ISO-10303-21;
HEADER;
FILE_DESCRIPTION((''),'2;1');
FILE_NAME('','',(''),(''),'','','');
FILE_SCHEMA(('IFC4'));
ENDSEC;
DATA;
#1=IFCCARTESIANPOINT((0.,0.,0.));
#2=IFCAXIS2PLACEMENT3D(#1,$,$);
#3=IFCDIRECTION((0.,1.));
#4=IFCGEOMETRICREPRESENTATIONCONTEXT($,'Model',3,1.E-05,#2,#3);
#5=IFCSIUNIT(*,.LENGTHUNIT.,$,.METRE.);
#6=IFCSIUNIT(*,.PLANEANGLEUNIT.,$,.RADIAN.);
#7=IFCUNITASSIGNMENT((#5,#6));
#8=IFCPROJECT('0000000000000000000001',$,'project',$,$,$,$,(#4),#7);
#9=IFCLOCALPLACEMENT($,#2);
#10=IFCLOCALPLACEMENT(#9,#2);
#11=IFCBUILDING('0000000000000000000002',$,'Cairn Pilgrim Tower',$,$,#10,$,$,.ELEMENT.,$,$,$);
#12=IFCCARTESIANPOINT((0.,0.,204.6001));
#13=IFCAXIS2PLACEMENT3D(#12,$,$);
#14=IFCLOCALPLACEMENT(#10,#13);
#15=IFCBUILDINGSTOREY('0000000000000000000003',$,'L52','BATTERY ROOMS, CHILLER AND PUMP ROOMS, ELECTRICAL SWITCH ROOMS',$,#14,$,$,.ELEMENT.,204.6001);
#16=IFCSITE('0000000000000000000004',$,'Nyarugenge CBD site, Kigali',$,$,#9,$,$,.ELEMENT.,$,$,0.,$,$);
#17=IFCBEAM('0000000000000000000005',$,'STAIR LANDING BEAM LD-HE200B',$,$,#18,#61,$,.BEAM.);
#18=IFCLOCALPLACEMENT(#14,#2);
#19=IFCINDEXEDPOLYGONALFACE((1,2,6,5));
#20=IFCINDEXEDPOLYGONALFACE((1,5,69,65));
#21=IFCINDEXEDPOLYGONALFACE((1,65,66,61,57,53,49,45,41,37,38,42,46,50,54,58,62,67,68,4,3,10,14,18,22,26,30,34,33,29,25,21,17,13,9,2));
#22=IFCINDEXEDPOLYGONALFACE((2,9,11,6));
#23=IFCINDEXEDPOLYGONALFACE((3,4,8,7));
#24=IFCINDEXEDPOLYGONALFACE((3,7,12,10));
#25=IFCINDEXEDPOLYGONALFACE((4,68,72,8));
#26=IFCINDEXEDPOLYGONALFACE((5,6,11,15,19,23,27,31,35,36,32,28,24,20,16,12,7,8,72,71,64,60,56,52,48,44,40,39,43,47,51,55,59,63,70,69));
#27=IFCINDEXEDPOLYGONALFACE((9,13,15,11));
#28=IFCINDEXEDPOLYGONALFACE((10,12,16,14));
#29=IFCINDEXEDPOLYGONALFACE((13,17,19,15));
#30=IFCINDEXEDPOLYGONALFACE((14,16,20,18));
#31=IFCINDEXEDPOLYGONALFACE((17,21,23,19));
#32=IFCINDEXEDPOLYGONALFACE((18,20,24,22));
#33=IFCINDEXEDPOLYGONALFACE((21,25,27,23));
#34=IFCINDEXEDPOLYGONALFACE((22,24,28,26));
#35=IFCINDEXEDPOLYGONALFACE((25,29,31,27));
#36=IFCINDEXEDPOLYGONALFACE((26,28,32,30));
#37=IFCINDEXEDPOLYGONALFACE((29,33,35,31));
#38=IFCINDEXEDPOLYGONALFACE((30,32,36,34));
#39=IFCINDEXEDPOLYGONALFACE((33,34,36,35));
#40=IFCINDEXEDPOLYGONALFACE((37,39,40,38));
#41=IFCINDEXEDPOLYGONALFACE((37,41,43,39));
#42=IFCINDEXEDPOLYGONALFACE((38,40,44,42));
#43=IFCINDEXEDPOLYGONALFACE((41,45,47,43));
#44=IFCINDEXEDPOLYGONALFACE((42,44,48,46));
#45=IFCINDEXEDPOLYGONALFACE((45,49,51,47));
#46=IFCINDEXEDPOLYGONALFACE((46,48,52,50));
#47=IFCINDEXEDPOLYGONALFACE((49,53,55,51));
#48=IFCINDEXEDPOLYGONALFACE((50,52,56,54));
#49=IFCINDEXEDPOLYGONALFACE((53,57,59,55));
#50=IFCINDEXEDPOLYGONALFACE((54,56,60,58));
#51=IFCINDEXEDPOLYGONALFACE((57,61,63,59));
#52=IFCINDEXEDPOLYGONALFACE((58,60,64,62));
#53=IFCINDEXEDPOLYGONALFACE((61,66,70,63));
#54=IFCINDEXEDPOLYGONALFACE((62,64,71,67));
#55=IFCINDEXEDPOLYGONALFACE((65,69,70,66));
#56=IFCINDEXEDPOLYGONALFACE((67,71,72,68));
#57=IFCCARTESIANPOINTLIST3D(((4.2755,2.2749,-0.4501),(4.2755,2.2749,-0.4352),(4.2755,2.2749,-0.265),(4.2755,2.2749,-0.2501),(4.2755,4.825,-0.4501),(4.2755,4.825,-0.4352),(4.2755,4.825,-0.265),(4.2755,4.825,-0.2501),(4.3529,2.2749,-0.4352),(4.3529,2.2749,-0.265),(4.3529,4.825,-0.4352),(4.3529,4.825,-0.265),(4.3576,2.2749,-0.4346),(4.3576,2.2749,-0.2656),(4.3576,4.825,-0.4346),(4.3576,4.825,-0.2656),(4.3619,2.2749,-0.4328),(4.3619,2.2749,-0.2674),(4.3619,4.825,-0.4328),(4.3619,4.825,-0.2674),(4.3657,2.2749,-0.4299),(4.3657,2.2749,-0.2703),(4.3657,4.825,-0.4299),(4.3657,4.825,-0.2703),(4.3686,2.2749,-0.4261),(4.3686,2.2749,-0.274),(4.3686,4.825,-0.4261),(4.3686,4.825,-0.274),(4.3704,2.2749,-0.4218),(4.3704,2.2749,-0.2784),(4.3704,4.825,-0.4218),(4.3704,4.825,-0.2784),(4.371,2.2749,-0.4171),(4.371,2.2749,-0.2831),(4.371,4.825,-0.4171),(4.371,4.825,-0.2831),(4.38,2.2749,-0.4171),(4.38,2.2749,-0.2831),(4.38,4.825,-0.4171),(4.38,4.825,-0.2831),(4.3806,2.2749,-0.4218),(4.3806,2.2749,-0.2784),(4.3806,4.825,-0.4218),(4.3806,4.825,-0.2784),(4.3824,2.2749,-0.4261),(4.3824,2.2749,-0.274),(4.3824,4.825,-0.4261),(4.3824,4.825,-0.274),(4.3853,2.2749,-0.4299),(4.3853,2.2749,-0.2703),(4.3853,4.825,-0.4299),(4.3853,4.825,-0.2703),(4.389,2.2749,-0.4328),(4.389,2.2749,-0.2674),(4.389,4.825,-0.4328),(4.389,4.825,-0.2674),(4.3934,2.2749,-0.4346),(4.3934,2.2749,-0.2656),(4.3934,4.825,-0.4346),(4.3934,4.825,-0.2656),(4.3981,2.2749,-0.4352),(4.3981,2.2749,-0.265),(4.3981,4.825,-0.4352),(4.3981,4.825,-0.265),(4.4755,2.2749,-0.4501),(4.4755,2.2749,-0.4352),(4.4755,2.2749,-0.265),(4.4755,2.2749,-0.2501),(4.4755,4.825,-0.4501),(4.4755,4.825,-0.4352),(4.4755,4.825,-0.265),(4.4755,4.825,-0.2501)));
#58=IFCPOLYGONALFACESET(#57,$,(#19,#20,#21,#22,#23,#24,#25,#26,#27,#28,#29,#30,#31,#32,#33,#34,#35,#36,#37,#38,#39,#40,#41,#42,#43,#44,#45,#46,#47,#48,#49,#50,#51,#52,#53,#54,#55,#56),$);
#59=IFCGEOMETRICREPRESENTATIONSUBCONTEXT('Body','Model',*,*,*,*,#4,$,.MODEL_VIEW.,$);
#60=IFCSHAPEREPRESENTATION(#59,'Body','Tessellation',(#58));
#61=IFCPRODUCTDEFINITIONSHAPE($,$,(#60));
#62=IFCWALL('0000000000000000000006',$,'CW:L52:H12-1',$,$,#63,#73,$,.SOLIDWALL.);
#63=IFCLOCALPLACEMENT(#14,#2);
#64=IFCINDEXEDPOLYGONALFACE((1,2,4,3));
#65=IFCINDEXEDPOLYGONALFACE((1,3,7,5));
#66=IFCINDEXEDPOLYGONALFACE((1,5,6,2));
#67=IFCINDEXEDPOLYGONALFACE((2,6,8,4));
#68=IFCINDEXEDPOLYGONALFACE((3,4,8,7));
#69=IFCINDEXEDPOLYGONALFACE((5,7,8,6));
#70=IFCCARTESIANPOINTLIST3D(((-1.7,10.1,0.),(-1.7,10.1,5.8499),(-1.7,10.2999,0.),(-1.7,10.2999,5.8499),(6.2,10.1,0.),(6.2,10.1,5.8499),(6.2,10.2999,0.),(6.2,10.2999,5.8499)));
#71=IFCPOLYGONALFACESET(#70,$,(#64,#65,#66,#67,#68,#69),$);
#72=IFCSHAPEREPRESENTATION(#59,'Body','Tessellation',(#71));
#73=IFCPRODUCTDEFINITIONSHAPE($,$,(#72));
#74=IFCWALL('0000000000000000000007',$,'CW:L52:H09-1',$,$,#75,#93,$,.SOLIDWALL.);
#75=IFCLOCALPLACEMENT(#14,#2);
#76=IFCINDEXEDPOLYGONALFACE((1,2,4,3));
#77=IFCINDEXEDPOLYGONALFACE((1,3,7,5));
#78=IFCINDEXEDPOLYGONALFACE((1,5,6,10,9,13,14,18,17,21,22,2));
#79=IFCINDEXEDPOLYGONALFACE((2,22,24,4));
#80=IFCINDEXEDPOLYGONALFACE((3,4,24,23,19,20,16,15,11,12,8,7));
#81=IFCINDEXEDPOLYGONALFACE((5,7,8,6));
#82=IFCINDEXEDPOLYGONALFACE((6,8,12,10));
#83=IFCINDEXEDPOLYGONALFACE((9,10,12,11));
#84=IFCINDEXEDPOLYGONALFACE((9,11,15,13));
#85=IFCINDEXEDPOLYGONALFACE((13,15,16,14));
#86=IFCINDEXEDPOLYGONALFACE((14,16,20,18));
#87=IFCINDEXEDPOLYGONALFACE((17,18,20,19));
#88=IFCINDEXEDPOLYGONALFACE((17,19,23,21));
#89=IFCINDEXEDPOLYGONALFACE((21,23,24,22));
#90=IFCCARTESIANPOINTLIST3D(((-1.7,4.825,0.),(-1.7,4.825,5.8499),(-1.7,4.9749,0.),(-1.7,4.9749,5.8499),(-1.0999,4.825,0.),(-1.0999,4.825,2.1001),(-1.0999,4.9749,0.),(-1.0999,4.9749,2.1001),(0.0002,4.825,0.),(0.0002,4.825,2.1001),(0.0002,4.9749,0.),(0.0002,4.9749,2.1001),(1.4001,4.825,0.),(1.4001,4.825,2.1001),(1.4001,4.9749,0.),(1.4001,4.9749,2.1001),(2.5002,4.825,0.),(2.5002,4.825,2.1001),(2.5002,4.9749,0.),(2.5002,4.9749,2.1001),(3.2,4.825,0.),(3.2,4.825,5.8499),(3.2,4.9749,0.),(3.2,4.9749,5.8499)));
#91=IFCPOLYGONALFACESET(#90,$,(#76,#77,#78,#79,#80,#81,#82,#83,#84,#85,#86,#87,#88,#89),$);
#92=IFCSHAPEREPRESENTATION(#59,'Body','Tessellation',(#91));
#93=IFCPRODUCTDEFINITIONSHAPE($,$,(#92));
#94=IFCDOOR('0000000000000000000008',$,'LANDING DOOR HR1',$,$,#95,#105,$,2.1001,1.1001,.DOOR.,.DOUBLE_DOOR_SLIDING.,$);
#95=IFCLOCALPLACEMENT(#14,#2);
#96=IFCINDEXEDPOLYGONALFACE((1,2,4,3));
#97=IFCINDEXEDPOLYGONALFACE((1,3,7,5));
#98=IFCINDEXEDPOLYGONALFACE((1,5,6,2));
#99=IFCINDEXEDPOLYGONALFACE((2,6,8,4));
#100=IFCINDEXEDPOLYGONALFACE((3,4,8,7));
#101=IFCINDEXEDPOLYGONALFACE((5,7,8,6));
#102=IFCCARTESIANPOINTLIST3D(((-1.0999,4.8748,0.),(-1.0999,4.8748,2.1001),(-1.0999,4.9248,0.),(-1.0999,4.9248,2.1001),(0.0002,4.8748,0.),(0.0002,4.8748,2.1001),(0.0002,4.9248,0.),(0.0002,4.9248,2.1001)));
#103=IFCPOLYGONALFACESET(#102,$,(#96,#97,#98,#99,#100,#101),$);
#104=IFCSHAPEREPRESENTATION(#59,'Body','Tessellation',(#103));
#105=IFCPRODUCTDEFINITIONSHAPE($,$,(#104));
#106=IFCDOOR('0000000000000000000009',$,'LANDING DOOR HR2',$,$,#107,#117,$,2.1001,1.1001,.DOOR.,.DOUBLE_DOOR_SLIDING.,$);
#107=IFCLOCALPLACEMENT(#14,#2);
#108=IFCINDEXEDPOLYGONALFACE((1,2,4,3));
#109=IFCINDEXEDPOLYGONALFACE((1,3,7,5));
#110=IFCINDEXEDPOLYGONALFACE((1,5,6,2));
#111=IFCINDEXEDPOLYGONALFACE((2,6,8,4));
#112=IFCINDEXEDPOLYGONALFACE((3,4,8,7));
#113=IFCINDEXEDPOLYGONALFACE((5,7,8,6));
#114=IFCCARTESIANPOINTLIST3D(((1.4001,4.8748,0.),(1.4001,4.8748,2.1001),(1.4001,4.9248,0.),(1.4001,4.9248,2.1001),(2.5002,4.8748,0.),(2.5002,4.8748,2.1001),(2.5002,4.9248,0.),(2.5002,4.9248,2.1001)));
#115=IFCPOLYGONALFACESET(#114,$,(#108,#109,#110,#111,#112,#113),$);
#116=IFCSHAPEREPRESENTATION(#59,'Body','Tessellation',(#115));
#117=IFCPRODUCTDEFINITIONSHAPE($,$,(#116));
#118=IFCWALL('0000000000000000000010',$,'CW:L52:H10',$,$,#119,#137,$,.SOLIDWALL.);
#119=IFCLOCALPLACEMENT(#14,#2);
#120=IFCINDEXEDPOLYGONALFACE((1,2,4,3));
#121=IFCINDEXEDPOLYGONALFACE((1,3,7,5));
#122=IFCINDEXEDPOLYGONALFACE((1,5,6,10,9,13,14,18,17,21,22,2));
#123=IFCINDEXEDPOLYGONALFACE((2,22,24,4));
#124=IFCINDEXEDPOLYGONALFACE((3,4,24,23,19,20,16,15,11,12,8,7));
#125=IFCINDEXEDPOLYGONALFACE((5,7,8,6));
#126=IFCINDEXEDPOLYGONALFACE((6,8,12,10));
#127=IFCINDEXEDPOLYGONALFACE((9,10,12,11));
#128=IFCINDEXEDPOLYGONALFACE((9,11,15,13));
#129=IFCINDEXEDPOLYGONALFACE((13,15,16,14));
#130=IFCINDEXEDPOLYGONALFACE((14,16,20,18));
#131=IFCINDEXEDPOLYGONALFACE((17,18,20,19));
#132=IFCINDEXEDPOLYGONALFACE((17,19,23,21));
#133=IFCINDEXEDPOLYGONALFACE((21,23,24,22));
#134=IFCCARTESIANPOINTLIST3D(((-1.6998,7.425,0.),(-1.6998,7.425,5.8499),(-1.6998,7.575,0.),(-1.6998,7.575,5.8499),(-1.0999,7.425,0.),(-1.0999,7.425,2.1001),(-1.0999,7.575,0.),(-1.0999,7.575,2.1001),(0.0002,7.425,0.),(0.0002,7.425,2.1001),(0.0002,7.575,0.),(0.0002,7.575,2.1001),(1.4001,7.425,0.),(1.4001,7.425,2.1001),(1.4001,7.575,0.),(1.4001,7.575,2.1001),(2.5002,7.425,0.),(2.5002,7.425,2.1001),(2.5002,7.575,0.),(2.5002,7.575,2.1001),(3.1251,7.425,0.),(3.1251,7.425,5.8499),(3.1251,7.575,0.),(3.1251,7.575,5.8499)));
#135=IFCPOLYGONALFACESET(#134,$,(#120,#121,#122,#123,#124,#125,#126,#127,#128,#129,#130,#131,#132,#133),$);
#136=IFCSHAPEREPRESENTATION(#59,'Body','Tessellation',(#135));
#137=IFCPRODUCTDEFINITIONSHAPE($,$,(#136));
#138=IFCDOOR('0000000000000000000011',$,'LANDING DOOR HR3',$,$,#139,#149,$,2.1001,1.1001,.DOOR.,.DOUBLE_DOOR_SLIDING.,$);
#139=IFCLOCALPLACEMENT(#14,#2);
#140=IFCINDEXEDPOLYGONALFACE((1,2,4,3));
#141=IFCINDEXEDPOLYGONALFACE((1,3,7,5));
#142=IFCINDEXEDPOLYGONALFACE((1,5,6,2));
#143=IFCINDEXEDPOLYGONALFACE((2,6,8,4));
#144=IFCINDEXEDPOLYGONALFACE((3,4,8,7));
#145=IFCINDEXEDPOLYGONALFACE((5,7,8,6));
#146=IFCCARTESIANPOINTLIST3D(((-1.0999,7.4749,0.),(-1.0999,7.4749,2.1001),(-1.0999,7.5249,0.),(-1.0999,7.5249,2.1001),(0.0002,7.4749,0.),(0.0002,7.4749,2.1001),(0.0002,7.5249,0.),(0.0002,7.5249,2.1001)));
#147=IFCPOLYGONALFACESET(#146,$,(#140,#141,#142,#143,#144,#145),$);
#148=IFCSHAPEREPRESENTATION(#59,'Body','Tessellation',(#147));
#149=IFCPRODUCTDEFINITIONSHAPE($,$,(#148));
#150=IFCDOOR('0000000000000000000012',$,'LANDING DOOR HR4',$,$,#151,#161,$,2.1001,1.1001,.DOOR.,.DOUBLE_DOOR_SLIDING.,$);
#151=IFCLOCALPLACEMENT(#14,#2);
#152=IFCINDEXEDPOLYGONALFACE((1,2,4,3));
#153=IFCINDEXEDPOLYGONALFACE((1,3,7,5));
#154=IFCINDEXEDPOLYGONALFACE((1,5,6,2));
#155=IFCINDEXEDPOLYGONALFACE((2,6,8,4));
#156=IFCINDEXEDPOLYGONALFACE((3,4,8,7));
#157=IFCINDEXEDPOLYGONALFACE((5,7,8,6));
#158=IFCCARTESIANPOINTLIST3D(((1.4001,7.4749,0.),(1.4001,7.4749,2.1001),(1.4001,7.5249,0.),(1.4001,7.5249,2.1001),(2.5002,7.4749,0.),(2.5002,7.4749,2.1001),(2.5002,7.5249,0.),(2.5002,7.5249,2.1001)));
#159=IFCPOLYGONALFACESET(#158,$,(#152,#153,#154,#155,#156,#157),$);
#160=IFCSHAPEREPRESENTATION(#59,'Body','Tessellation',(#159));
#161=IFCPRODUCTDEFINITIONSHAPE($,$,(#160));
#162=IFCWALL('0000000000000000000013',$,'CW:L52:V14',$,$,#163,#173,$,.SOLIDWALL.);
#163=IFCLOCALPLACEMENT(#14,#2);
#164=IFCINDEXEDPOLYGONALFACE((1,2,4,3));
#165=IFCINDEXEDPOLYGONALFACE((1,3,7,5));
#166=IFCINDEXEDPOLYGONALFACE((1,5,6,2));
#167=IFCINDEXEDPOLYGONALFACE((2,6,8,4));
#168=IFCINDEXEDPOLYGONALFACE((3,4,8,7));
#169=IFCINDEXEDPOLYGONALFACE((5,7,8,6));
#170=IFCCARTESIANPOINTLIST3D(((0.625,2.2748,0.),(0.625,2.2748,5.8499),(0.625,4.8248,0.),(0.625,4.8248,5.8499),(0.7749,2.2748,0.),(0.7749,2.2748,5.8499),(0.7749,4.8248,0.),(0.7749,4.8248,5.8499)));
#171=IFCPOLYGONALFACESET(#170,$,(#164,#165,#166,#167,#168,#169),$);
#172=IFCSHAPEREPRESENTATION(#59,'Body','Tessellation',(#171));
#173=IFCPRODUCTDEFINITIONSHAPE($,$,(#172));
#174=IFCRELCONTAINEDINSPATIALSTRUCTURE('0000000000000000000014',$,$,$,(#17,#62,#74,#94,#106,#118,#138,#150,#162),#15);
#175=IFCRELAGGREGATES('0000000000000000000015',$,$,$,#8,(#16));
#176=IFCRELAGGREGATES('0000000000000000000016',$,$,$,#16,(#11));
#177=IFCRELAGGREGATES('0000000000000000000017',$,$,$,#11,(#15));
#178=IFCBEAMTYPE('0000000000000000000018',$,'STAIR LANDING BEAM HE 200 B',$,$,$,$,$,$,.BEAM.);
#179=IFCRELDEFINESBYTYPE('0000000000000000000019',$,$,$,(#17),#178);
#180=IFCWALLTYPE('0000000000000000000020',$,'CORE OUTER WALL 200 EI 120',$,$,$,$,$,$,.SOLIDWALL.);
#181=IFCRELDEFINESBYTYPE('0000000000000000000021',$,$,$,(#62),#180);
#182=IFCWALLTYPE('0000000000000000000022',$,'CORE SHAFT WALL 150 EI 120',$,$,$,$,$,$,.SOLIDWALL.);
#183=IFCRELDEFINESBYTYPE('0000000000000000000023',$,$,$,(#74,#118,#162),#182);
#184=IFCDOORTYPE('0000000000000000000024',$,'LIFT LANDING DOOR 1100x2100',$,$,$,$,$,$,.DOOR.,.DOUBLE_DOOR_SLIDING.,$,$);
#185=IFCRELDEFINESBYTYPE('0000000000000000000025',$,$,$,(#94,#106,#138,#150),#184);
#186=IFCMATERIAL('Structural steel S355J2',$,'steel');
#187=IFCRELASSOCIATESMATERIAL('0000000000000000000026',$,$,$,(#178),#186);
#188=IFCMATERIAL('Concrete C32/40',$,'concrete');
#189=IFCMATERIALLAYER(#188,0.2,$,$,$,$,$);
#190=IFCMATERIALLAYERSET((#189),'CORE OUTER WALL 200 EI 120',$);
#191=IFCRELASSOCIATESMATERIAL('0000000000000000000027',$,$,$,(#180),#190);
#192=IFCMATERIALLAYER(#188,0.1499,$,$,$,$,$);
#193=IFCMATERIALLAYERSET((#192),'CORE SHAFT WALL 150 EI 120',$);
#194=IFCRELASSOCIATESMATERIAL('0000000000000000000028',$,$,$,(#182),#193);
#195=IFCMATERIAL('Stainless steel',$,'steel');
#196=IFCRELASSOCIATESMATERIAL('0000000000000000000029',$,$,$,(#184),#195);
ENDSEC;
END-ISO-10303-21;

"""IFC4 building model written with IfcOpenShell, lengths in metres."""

from ifc_helpers import new_model, si_unit, direction, frame, frame_2d, origin, origin_2d, place, context, subcontext, project, spatial, rectangle, i_section, extrude, material, layer, layer_set, material_profile, profile_set, type_object, element, fill, save


model = new_model("IFC4")

# Units and contexts
model_context = context("Model", 3, precision=1e-05, world=origin(), true_north=direction((0.0, 1.0)))
body_context = subcontext(model_context, "Body", "Model", "MODEL_VIEW")
ifc_project = project(units=[si_unit("LENGTHUNIT", "METRE"), si_unit("PLANEANGLEUNIT", "RADIAN")], contexts=[model_context])

# Site, building, storey
site_placement = place(None, origin())
site = spatial("IfcSite", under=ifc_project, at=site_placement, Name="Nyarugenge CBD site, Kigali", CompositionType="ELEMENT", RefElevation=0.0)
building_placement = place(site_placement, origin())
building = spatial("IfcBuilding", under=site, at=building_placement, Name="Cairn Pilgrim Tower", CompositionType="ELEMENT")
storey_placement = place(building_placement, frame((0.0, 0.0, 204.6001)))
storey = spatial("IfcBuildingStorey", under=building, at=storey_placement, Name="L52", Description="BATTERY ROOMS, CHILLER AND PUMP ROOMS, ELECTRICAL SWITCH ROOMS", CompositionType="ELEMENT", Elevation=204.6001)

# Beam
ifc_material_1 = material(Name="Structural steel S355J2", Category="steel")
ifc_material_profile = material_profile(ifc_material_1, i_section(OverallWidth=0.2, OverallDepth=0.2, WebThickness=0.009, FlangeThickness=0.0149, FilletRadius=0.0181, at=origin_2d()), Name="HE 200 B")
ifc_profile_set = profile_set([ifc_material_profile], Name="Structural steel S355J2")
beam_type = type_object("IfcBeamType", Name="STAIR LANDING BEAM HE 200 B", PredefinedType="BEAM", material=ifc_profile_set)
beam_placement = place(storey_placement, frame((4.3755, 2.2749, -0.3501), z_axis=(0.0, 1.0, 0.0), x_axis=(-1.0, 0.0, 0.0)))
element("IfcBeam", 1, at=beam_placement, inside=storey, type_object=beam_type, Name="STAIR LANDING BEAM LD-HE200B", PredefinedType="BEAM", context=body_context, shape_type="SweptSolid", body=[
    extrude(i_section(OverallWidth=0.2, OverallDepth=0.2, WebThickness=0.009, FlangeThickness=0.0149, FilletRadius=0.0181, at=origin_2d()), origin(), (0.0, 0.0, 1.0), 2.55),
])

# Wall
ifc_material_2 = material(Name="Concrete C32/40", Category="concrete")
ifc_layer_1 = layer(ifc_material_2, 0.2)
ifc_layer_set_1 = layer_set([ifc_layer_1], Name="CORE OUTER WALL 200 EI 120")
wall_type_1 = type_object("IfcWallType", Name="CORE OUTER WALL 200 EI 120", PredefinedType="SOLIDWALL", material=ifc_layer_set_1)
wall_1_placement = place(storey_placement, frame((-1.7, 10.2, 0.0), z_axis=(0.0, 0.0, 1.0), x_axis=(1.0, 0.0, 0.0)))
element("IfcWall", 2, at=wall_1_placement, inside=storey, type_object=wall_type_1, Name="CW:L52:H12-1", PredefinedType="SOLIDWALL", context=body_context, shape_type="SweptSolid", body=[
    extrude(rectangle(XDim=7.8999, YDim=0.2, at=frame_2d((3.95, 0.0))), origin(), (0.0, 0.0, 1.0), 5.8499),
])

# Walls, openings, doors
ifc_layer_2 = layer(ifc_material_2, 0.1499)
ifc_layer_set_2 = layer_set([ifc_layer_2], Name="CORE SHAFT WALL 150 EI 120")
wall_type_2 = type_object("IfcWallType", Name="CORE SHAFT WALL 150 EI 120", PredefinedType="SOLIDWALL", material=ifc_layer_set_2)
wall_2_placement = place(storey_placement, frame((-1.7, 4.8999, 0.0), z_axis=(0.0, 0.0, 1.0), x_axis=(1.0, 0.0, 0.0)))
wall_2 = element("IfcWall", 3, at=wall_2_placement, inside=storey, type_object=wall_type_2, Name="CW:L52:H09-1", PredefinedType="SOLIDWALL", context=body_context, shape_type="SweptSolid", body=[
    extrude(rectangle(XDim=4.8999, YDim=0.1499, at=frame_2d((2.45, 0.0))), origin(), (0.0, 0.0, 1.0), 5.8499),
])
opening_1_placement = place(wall_2_placement, frame((0.6001, 0.0, 0.0)))
opening_1 = element("IfcOpeningElement", 4, at=opening_1_placement, cuts=wall_2, PredefinedType="OPENING", context=body_context, shape_type="SweptSolid", body=[
    extrude(rectangle(XDim=1.1001, YDim=2.1001, at=frame_2d((0.55, 1.05))), frame((0.0, 0.085, 0.0), z_axis=(0.0, -1.0, 0.0), x_axis=(1.0, 0.0, 0.0)), (0.0, 0.0, 1.0), 0.1699),
])
opening_2_placement = place(wall_2_placement, frame((3.1001, 0.0, 0.0)))
opening_2 = element("IfcOpeningElement", 5, at=opening_2_placement, cuts=wall_2, PredefinedType="OPENING", context=body_context, shape_type="SweptSolid", body=[
    extrude(rectangle(XDim=1.1001, YDim=2.1001, at=frame_2d((0.55, 1.05))), frame((0.0, 0.085, 0.0), z_axis=(0.0, -1.0, 0.0), x_axis=(1.0, 0.0, 0.0)), (0.0, 0.0, 1.0), 0.1699),
])
ifc_material_3 = material(Name="Stainless steel", Category="steel")
door_type_1 = type_object("IfcDoorType", Name="LIFT LANDING DOOR 1100x2100", OperationType="DOUBLE_DOOR_SLIDING", PredefinedType="DOOR", material=ifc_material_3)
door_1_placement = place(opening_1_placement, origin())
door_1 = element("IfcDoor", 6, at=door_1_placement, inside=storey, type_object=door_type_1, Name="LANDING DOOR HR1", OperationType="DOUBLE_DOOR_SLIDING", OverallHeight=2.1001, OverallWidth=1.1001, PredefinedType="DOOR", context=body_context, shape_type="SweptSolid", body=[
    extrude(rectangle(XDim=1.1001, YDim=2.1001, at=frame_2d((0.55, 1.05))), frame((0.0, 0.0249, 0.0), z_axis=(0.0, -1.0, 0.0), x_axis=(1.0, 0.0, 0.0)), (0.0, 0.0, 1.0), 0.05),
])
fill(opening_1, door_1)
door_2_placement = place(opening_2_placement, origin())
door_2 = element("IfcDoor", 7, at=door_2_placement, inside=storey, type_object=door_type_1, Name="LANDING DOOR HR2", OperationType="DOUBLE_DOOR_SLIDING", OverallHeight=2.1001, OverallWidth=1.1001, PredefinedType="DOOR", context=body_context, shape_type="SweptSolid", body=[
    extrude(rectangle(XDim=1.1001, YDim=2.1001, at=frame_2d((0.55, 1.05))), frame((0.0, 0.0249, 0.0), z_axis=(0.0, -1.0, 0.0), x_axis=(1.0, 0.0, 0.0)), (0.0, 0.0, 1.0), 0.05),
])
fill(opening_2, door_2)
wall_3_placement = place(storey_placement, frame((-1.7, 7.5, 0.0), z_axis=(0.0, 0.0, 1.0), x_axis=(1.0, 0.0, 0.0)))
wall_3 = element("IfcWall", 8, at=wall_3_placement, inside=storey, type_object=wall_type_2, Name="CW:L52:H10", PredefinedType="SOLIDWALL", context=body_context, shape_type="SweptSolid", body=[
    extrude(rectangle(XDim=4.825, YDim=0.1499, at=frame_2d((2.4126, 0.0))), origin(), (0.0, 0.0, 1.0), 5.8499),
])
opening_3_placement = place(wall_3_placement, frame((0.6001, 0.0, 0.0)))
opening_3 = element("IfcOpeningElement", 9, at=opening_3_placement, cuts=wall_3, PredefinedType="OPENING", context=body_context, shape_type="SweptSolid", body=[
    extrude(rectangle(XDim=1.1001, YDim=2.1001, at=frame_2d((0.55, 1.05))), frame((0.0, 0.085, 0.0), z_axis=(0.0, -1.0, 0.0), x_axis=(1.0, 0.0, 0.0)), (0.0, 0.0, 1.0), 0.1699),
])
opening_4_placement = place(wall_3_placement, frame((3.1001, 0.0, 0.0)))
opening_4 = element("IfcOpeningElement", 10, at=opening_4_placement, cuts=wall_3, PredefinedType="OPENING", context=body_context, shape_type="SweptSolid", body=[
    extrude(rectangle(XDim=1.1001, YDim=2.1001, at=frame_2d((0.55, 1.05))), frame((0.0, 0.085, 0.0), z_axis=(0.0, -1.0, 0.0), x_axis=(1.0, 0.0, 0.0)), (0.0, 0.0, 1.0), 0.1699),
])
door_3_placement = place(opening_3_placement, origin())
door_3 = element("IfcDoor", 11, at=door_3_placement, inside=storey, type_object=door_type_1, Name="LANDING DOOR HR3", OperationType="DOUBLE_DOOR_SLIDING", OverallHeight=2.1001, OverallWidth=1.1001, PredefinedType="DOOR", context=body_context, shape_type="SweptSolid", body=[
    extrude(rectangle(XDim=1.1001, YDim=2.1001, at=frame_2d((0.55, 1.05))), frame((0.0, 0.0249, 0.0), z_axis=(0.0, -1.0, 0.0), x_axis=(1.0, 0.0, 0.0)), (0.0, 0.0, 1.0), 0.05),
])
fill(opening_3, door_3)
door_4_placement = place(opening_4_placement, origin())
door_4 = element("IfcDoor", 12, at=door_4_placement, inside=storey, type_object=door_type_1, Name="LANDING DOOR HR4", OperationType="DOUBLE_DOOR_SLIDING", OverallHeight=2.1001, OverallWidth=1.1001, PredefinedType="DOOR", context=body_context, shape_type="SweptSolid", body=[
    extrude(rectangle(XDim=1.1001, YDim=2.1001, at=frame_2d((0.55, 1.05))), frame((0.0, 0.0249, 0.0), z_axis=(0.0, -1.0, 0.0), x_axis=(1.0, 0.0, 0.0)), (0.0, 0.0, 1.0), 0.05),
])
fill(opening_4, door_4)

# Wall
wall_4_placement = place(storey_placement, frame((0.7, 2.2749, 0.0), z_axis=(0.0, 0.0, 1.0), x_axis=(0.0, 1.0, 0.0)))
element("IfcWall", 13, at=wall_4_placement, inside=storey, type_object=wall_type_2, Name="CW:L52:V14", PredefinedType="SOLIDWALL", context=body_context, shape_type="SweptSolid", body=[
    extrude(rectangle(XDim=2.55, YDim=0.1499, at=frame_2d((1.2749, 0.0))), origin(), (0.0, 0.0, 1.0), 5.8499),
])

save(model, "model.ifc")
